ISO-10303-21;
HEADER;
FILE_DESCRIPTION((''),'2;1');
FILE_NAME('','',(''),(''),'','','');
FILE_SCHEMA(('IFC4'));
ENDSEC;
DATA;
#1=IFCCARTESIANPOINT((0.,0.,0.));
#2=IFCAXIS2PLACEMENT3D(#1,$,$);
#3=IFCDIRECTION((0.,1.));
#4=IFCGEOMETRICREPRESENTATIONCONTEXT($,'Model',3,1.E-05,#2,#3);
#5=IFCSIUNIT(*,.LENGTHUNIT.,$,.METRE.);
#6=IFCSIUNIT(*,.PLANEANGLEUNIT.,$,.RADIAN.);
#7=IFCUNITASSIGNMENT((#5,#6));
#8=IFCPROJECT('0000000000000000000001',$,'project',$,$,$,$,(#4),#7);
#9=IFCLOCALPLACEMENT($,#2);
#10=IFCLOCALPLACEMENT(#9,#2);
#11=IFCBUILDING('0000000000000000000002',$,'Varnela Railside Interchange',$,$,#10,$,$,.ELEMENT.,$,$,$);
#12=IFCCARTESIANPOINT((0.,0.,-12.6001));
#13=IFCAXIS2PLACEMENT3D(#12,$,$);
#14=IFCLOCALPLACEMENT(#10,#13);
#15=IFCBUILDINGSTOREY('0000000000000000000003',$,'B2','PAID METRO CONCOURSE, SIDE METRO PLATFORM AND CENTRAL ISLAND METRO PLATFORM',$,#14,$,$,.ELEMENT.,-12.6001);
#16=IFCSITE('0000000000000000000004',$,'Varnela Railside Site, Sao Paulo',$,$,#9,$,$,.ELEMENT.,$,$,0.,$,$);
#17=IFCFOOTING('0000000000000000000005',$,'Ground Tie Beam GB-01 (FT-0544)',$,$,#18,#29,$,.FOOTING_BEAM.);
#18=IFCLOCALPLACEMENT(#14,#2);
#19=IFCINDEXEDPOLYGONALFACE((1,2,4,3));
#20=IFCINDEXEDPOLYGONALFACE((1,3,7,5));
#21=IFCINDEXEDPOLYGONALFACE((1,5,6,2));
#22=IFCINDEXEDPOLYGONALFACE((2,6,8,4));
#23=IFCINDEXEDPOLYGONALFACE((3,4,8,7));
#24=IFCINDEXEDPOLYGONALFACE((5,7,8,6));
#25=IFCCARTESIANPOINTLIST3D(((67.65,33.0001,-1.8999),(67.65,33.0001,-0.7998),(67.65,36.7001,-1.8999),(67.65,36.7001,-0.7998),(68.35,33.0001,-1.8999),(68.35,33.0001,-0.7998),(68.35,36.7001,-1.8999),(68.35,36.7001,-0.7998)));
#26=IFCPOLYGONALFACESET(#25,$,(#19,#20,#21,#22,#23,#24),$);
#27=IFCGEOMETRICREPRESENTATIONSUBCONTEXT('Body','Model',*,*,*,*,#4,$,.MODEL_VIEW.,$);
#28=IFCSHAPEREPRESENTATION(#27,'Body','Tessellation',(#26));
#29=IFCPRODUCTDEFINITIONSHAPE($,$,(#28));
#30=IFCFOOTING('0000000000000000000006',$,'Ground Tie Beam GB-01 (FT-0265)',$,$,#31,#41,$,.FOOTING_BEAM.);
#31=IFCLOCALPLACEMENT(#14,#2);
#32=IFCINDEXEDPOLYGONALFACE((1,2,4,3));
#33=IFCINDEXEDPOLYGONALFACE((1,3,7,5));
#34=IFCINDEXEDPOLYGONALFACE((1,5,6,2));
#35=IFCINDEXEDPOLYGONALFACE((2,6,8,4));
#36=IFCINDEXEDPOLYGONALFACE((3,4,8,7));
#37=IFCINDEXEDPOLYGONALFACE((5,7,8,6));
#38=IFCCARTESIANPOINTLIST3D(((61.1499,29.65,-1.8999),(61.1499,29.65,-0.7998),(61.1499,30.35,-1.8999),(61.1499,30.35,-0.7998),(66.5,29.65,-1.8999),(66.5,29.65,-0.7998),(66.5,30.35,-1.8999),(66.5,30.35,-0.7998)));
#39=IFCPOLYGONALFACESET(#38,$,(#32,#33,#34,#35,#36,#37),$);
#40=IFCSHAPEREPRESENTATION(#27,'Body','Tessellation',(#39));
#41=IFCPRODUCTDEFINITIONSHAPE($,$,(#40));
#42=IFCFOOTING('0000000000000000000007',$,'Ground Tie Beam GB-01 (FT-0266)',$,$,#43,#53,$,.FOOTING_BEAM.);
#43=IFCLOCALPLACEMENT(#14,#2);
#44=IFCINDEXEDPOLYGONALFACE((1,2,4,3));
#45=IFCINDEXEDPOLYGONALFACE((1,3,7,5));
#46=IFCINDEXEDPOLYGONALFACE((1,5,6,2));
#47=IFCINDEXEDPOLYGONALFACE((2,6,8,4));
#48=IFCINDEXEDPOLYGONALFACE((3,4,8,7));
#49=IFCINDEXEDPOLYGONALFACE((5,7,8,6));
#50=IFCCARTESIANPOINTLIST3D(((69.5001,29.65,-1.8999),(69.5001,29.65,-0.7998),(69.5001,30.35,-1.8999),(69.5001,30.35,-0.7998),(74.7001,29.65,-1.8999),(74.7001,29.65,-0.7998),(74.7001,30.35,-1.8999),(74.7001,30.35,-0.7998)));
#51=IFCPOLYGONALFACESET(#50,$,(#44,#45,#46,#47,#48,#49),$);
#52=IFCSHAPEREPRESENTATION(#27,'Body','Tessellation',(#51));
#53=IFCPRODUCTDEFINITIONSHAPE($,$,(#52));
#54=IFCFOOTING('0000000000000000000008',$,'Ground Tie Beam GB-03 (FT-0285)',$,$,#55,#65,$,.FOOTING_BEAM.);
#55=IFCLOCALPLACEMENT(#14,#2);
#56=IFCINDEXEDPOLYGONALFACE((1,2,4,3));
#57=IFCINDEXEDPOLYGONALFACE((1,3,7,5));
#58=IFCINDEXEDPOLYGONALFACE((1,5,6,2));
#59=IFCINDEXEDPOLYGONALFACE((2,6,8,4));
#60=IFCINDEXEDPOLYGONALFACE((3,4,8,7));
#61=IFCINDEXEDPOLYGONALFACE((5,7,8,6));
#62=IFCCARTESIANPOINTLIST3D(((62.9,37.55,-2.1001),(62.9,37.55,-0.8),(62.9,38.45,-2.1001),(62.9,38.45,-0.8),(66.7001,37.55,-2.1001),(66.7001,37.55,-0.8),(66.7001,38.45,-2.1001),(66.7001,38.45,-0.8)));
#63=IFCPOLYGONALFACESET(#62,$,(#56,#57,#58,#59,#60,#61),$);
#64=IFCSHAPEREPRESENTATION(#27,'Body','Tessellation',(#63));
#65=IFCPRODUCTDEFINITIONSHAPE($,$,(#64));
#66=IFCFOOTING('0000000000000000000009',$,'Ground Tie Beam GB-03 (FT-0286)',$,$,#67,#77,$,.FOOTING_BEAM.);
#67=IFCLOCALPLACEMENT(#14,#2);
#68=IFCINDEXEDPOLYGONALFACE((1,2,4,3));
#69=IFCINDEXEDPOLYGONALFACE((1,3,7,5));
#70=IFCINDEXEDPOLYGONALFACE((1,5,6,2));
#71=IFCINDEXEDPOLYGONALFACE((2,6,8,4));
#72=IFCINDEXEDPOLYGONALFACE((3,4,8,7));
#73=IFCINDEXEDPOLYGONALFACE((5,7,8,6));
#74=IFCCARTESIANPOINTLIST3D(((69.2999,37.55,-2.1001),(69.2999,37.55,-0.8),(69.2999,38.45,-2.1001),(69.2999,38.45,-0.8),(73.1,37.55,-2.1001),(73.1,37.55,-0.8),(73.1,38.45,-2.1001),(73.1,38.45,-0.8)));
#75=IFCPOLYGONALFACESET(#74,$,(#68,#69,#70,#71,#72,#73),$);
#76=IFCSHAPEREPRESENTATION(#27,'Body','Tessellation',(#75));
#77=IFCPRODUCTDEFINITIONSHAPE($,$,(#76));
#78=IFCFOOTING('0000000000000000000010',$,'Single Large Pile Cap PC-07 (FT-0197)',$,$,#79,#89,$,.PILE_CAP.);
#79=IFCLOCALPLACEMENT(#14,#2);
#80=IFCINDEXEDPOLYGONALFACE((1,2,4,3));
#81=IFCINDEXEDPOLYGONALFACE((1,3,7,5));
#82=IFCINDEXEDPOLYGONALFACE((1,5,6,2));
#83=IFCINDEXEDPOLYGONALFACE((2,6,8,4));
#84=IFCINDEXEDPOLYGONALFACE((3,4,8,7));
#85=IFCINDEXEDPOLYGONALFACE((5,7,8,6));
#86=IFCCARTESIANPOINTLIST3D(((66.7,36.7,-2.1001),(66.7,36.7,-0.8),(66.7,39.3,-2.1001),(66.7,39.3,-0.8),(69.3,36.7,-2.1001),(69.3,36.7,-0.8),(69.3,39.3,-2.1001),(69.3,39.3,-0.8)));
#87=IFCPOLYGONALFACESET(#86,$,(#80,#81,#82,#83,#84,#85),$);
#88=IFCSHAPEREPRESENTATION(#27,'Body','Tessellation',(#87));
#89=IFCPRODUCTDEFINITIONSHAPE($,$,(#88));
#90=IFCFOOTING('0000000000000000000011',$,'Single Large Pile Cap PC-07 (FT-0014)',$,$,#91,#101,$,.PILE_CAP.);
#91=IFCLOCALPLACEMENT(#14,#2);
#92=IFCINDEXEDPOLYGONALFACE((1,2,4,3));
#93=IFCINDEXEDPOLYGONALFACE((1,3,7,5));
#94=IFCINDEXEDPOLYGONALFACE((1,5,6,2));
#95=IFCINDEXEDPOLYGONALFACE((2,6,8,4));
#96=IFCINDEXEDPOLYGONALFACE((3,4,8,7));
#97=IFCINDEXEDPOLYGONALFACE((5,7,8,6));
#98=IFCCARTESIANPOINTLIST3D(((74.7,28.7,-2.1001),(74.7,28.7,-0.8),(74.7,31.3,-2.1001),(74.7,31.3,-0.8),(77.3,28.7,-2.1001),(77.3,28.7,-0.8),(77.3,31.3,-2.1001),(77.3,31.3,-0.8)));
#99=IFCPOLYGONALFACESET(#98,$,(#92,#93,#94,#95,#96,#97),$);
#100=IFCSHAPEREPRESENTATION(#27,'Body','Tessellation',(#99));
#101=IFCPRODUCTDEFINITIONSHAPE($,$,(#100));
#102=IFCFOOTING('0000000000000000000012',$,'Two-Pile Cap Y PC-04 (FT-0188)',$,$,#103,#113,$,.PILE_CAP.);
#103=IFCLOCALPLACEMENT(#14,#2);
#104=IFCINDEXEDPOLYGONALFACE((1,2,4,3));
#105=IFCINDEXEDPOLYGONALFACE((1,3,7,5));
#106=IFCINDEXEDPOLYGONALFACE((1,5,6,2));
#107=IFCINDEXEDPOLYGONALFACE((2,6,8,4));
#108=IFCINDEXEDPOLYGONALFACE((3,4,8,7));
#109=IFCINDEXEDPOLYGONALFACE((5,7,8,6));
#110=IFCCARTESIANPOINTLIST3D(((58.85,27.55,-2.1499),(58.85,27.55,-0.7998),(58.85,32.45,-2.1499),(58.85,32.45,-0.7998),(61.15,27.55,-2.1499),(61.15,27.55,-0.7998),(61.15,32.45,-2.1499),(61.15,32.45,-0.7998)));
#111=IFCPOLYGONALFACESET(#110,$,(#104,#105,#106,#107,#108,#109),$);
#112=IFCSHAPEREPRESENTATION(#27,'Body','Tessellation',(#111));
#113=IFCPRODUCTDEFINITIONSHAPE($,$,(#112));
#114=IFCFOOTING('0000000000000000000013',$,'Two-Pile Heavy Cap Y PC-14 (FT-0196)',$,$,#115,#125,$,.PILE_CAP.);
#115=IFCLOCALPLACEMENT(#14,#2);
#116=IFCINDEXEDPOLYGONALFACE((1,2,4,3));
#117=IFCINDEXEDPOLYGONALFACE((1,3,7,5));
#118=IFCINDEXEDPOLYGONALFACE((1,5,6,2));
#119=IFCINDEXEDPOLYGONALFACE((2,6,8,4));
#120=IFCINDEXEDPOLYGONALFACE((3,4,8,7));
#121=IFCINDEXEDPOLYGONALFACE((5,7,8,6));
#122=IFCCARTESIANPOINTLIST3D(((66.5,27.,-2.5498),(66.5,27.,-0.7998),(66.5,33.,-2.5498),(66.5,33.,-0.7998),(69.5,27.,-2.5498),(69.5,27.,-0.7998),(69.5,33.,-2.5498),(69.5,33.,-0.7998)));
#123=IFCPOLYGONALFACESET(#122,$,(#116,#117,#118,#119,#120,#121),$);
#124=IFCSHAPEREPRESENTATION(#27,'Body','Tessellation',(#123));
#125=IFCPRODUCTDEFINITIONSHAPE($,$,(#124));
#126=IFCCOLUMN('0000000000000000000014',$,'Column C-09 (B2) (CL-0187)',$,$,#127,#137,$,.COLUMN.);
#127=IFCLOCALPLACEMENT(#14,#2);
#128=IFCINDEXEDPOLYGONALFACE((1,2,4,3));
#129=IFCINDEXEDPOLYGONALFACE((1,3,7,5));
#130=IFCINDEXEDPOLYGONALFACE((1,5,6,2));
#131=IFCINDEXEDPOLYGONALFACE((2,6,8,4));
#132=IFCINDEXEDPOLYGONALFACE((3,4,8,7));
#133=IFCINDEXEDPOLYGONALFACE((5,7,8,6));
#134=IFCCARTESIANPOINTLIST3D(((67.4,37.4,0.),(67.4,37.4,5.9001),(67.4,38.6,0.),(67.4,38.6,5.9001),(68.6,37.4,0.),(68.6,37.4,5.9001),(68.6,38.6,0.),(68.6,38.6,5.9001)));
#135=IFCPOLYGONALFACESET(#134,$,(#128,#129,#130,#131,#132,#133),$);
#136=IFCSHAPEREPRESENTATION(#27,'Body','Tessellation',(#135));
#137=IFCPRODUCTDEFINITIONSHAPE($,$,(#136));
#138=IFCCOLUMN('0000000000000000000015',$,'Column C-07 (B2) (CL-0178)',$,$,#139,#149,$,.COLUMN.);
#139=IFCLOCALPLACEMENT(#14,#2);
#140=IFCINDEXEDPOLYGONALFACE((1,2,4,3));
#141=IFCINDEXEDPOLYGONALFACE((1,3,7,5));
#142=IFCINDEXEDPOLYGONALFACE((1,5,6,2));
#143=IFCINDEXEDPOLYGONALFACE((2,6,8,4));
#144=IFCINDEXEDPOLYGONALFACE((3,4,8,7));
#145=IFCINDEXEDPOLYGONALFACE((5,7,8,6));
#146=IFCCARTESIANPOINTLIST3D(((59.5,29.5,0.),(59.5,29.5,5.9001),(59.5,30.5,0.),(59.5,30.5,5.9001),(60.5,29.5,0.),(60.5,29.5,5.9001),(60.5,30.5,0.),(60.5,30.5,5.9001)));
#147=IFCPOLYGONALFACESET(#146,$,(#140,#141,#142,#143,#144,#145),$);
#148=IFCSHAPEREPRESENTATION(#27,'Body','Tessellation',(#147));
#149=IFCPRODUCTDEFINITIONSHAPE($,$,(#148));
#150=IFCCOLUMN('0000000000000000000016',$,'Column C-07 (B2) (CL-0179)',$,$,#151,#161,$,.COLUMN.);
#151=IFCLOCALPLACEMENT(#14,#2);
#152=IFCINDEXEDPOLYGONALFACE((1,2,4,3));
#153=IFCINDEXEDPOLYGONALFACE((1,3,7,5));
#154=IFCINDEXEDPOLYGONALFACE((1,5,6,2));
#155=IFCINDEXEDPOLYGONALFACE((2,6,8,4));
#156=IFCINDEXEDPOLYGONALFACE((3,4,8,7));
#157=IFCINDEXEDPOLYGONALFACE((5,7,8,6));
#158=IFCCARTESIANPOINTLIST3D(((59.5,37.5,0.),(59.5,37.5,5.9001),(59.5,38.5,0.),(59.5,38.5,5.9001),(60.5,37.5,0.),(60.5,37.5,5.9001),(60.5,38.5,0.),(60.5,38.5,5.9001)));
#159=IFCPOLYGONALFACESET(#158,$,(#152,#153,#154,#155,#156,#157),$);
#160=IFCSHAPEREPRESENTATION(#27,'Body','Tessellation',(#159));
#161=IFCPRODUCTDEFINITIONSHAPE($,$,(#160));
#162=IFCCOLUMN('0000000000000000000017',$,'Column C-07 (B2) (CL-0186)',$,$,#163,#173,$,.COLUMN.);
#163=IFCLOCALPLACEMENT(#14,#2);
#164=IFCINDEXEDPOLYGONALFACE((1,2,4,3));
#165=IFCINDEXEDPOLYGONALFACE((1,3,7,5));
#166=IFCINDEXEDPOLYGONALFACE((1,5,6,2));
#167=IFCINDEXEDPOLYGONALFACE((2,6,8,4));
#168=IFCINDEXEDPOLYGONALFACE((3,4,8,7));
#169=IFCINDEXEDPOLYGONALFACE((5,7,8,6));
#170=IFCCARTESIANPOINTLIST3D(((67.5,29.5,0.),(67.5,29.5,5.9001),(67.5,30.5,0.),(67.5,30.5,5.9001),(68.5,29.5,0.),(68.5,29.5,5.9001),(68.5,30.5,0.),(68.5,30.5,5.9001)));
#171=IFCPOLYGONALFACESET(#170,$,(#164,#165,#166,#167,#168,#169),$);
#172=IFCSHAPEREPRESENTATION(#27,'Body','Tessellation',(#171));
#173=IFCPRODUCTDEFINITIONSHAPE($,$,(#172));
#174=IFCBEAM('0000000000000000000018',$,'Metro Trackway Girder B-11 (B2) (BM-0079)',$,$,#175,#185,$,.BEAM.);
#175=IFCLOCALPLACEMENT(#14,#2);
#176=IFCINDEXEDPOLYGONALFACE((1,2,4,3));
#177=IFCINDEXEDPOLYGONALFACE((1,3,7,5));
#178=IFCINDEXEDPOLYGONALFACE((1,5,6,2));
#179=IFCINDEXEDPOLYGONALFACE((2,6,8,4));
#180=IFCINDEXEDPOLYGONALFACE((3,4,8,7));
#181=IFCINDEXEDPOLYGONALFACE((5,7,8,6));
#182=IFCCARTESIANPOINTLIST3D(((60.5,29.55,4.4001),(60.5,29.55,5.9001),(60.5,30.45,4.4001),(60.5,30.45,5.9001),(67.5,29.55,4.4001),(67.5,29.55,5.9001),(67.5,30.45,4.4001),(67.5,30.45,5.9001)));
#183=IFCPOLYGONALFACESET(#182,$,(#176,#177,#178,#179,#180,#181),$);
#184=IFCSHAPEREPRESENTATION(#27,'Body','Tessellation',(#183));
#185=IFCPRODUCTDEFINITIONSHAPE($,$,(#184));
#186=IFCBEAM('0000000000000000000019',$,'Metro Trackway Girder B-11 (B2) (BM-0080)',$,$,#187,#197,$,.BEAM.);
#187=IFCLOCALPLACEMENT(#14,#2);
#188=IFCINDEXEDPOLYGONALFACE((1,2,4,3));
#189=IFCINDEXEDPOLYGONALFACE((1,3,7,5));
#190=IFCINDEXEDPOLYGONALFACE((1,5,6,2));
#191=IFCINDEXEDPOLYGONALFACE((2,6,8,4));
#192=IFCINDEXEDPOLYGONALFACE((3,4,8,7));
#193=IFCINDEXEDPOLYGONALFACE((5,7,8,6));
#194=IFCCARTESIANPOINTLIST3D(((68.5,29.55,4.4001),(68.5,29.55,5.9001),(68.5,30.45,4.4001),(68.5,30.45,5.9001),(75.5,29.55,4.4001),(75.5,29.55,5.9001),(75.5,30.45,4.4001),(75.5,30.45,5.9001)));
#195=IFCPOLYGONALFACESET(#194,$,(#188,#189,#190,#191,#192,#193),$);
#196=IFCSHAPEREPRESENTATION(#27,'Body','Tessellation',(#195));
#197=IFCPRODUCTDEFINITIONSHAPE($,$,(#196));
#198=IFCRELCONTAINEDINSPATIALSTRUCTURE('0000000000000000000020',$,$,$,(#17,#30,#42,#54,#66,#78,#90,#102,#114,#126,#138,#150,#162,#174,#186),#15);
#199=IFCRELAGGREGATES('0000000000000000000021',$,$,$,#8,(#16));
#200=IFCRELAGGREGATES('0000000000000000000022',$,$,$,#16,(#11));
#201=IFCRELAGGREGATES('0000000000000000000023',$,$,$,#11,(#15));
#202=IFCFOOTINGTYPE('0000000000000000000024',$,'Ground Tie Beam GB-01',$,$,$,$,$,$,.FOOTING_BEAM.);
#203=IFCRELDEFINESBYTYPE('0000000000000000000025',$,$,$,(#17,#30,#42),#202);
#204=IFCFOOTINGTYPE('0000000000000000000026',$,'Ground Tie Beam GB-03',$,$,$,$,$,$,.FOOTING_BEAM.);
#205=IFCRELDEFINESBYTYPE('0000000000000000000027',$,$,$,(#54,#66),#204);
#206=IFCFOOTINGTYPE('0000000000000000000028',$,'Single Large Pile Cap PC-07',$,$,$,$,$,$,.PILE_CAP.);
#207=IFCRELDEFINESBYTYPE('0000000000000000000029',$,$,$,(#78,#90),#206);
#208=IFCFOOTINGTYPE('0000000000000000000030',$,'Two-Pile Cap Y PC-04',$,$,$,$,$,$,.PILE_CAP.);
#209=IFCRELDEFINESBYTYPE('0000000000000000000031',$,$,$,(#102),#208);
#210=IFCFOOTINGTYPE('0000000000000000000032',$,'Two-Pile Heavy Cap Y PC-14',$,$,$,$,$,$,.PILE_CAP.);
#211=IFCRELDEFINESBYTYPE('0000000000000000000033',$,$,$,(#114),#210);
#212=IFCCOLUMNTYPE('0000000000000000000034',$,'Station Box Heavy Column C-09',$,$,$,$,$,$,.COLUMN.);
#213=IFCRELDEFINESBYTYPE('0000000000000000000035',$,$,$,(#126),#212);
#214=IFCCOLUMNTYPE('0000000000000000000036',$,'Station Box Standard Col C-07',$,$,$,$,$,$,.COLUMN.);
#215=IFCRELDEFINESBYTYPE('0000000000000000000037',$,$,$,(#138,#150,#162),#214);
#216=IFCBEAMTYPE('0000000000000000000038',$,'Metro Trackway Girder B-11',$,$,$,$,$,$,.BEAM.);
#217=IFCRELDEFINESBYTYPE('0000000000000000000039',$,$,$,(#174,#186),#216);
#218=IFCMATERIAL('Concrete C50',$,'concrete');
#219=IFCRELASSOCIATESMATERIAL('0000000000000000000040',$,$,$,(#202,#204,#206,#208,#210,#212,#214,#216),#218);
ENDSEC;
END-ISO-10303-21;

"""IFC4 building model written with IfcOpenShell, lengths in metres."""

from ifc_helpers import new_model, si_unit, direction, frame, origin, origin_2d, place, context, subcontext, project, spatial, rectangle, extrude, material, material_profile, profile_set, type_object, element, save


model = new_model("IFC4")

# Units and contexts
model_context = context("Model", 3, precision=1e-05, world=origin(), true_north=direction((0.0, 1.0)))
body_context = subcontext(model_context, "Body", "Model", "MODEL_VIEW")
ifc_project = project(units=[si_unit("LENGTHUNIT", "METRE"), si_unit("PLANEANGLEUNIT", "RADIAN")], contexts=[model_context])

# Site, building, storey
site_placement = place(None, origin())
site = spatial("IfcSite", under=ifc_project, at=site_placement, Name="Varnela Railside Site, Sao Paulo", CompositionType="ELEMENT", RefElevation=0.0)
building_placement = place(site_placement, origin())
building = spatial("IfcBuilding", under=site, at=building_placement, Name="Varnela Railside Interchange", CompositionType="ELEMENT")
storey_placement = place(building_placement, frame((0.0, 0.0, -12.6001)))
storey = spatial("IfcBuildingStorey", under=building, at=storey_placement, Name="B2", Description="PAID METRO CONCOURSE, SIDE METRO PLATFORM AND CENTRAL ISLAND METRO PLATFORM", CompositionType="ELEMENT", Elevation=-12.6001)

# Footings
ifc_material_1 = material(Name="Concrete C50", Category="concrete")
footing_type_1 = type_object("IfcFootingType", Name="Ground Tie Beam GB-01", PredefinedType="FOOTING_BEAM", material=ifc_material_1)
footing_1_placement = place(storey_placement, frame((68.0, 34.8501, -1.8999), z_axis=(0.0, 0.0, 1.0), x_axis=(1.0, 0.0, 0.0)))
element("IfcFooting", 1, at=footing_1_placement, inside=storey, type_object=footing_type_1, Name="Ground Tie Beam GB-01 (FT-0544)", PredefinedType="FOOTING_BEAM", context=body_context, shape_type="SweptSolid", body=[
    extrude(rectangle(XDim=0.7, YDim=3.7, at=origin_2d()), origin(), (0.0, 0.0, 1.0), 1.1001),
])
footing_2_placement = place(storey_placement, frame((63.825, 30.0, -1.8999), z_axis=(0.0, 0.0, 1.0), x_axis=(1.0, 0.0, 0.0)))
element("IfcFooting", 2, at=footing_2_placement, inside=storey, type_object=footing_type_1, Name="Ground Tie Beam GB-01 (FT-0265)", PredefinedType="FOOTING_BEAM", context=body_context, shape_type="SweptSolid", body=[
    extrude(rectangle(XDim=5.3501, YDim=0.7, at=origin_2d()), origin(), (0.0, 0.0, 1.0), 1.1001),
])
footing_3_placement = place(storey_placement, frame((72.1001, 30.0, -1.8999), z_axis=(0.0, 0.0, 1.0), x_axis=(1.0, 0.0, 0.0)))
element("IfcFooting", 3, at=footing_3_placement, inside=storey, type_object=footing_type_1, Name="Ground Tie Beam GB-01 (FT-0266)", PredefinedType="FOOTING_BEAM", context=body_context, shape_type="SweptSolid", body=[
    extrude(rectangle(XDim=5.2, YDim=0.7, at=origin_2d()), origin(), (0.0, 0.0, 1.0), 1.1001),
])
footing_type_2 = type_object("IfcFootingType", Name="Ground Tie Beam GB-03", PredefinedType="FOOTING_BEAM", material=ifc_material_1)
for number, where, z_axis, x_axis, name in (
    (4, (64.8, 38.0, -2.1001), (0.0, 0.0, 1.0), (1.0, 0.0, 0.0), "Ground Tie Beam GB-03 (FT-0285)"),
    (5, (71.2, 38.0, -2.1001), (0.0, 0.0, 1.0), (1.0, 0.0, 0.0), "Ground Tie Beam GB-03 (FT-0286)"),
):
    element("IfcFooting", number, at=place(storey_placement, frame(where, z_axis=z_axis, x_axis=x_axis)), inside=storey, type_object=footing_type_2, Name=name, PredefinedType="FOOTING_BEAM", context=body_context, shape_type="SweptSolid", body=[
        extrude(rectangle(XDim=3.8, YDim=0.8999, at=origin_2d()), origin(), (0.0, 0.0, 1.0), 1.3),
    ])
footing_type_3 = type_object("IfcFootingType", Name="Single Large Pile Cap PC-07", PredefinedType="PILE_CAP", material=ifc_material_1)
for number, where, z_axis, x_axis, name in (
    (6, (68.0, 38.0, -2.1001), (0.0, 0.0, 1.0), (1.0, 0.0, 0.0), "Single Large Pile Cap PC-07 (FT-0197)"),
    (7, (76.0, 30.0, -2.1001), (0.0, 0.0, 1.0), (1.0, 0.0, 0.0), "Single Large Pile Cap PC-07 (FT-0014)"),
):
    element("IfcFooting", number, at=place(storey_placement, frame(where, z_axis=z_axis, x_axis=x_axis)), inside=storey, type_object=footing_type_3, Name=name, PredefinedType="PILE_CAP", context=body_context, shape_type="SweptSolid", body=[
        extrude(rectangle(XDim=2.6001, YDim=2.6001, at=origin_2d()), origin(), (0.0, 0.0, 1.0), 1.3),
    ])
footing_type_4 = type_object("IfcFootingType", Name="Two-Pile Cap Y PC-04", PredefinedType="PILE_CAP", material=ifc_material_1)
footing_4_placement = place(storey_placement, frame((60.0, 30.0, -2.1499), z_axis=(0.0, 0.0, 1.0), x_axis=(1.0, 0.0, 0.0)))
element("IfcFooting", 8, at=footing_4_placement, inside=storey, type_object=footing_type_4, Name="Two-Pile Cap Y PC-04 (FT-0188)", PredefinedType="PILE_CAP", context=body_context, shape_type="SweptSolid", body=[
    extrude(rectangle(XDim=2.3, YDim=4.8999, at=origin_2d()), origin(), (0.0, 0.0, 1.0), 1.3501),
])
footing_type_5 = type_object("IfcFootingType", Name="Two-Pile Heavy Cap Y PC-14", PredefinedType="PILE_CAP", material=ifc_material_1)
footing_5_placement = place(storey_placement, frame((68.0, 30.0, -2.5498), z_axis=(0.0, 0.0, 1.0), x_axis=(1.0, 0.0, 0.0)))
element("IfcFooting", 9, at=footing_5_placement, inside=storey, type_object=footing_type_5, Name="Two-Pile Heavy Cap Y PC-14 (FT-0196)", PredefinedType="PILE_CAP", context=body_context, shape_type="SweptSolid", body=[
    extrude(rectangle(XDim=3.0, YDim=6.0, at=origin_2d()), origin(), (0.0, 0.0, 1.0), 1.75),
])

# Columns
ifc_material_profile_1 = material_profile(ifc_material_1, rectangle(XDim=1.2, YDim=1.2, at=origin_2d()), Name="RC 1200x1200")
ifc_profile_set_1 = profile_set([ifc_material_profile_1], Name="Concrete C50")
column_type_1 = type_object("IfcColumnType", Name="Station Box Heavy Column C-09", PredefinedType="COLUMN", material=ifc_profile_set_1)
column_placement = place(storey_placement, frame((68.0, 38.0, 0.0), z_axis=(0.0, 0.0, 1.0), x_axis=(1.0, 0.0, 0.0)))
element("IfcColumn", 10, at=column_placement, inside=storey, type_object=column_type_1, Name="Column C-09 (B2) (CL-0187)", PredefinedType="COLUMN", context=body_context, shape_type="SweptSolid", body=[
    extrude(rectangle(XDim=1.2, YDim=1.2, at=origin_2d()), origin(), (0.0, 0.0, 1.0), 5.9001),
])
ifc_material_profile_2 = material_profile(ifc_material_1, rectangle(XDim=1.0, YDim=1.0, at=origin_2d()), Name="RC 1000x1000")
ifc_profile_set_2 = profile_set([ifc_material_profile_2], Name="Concrete C50")
column_type_2 = type_object("IfcColumnType", Name="Station Box Standard Col C-07", PredefinedType="COLUMN", material=ifc_profile_set_2)
for number, where, z_axis, x_axis, name in (
    (11, (60.0, 30.0, 0.0), (0.0, 0.0, 1.0), (1.0, 0.0, 0.0), "Column C-07 (B2) (CL-0178)"),
    (12, (60.0, 38.0, 0.0), (0.0, 0.0, 1.0), (1.0, 0.0, 0.0), "Column C-07 (B2) (CL-0179)"),
    (13, (68.0, 30.0, 0.0), (0.0, 0.0, 1.0), (1.0, 0.0, 0.0), "Column C-07 (B2) (CL-0186)"),
):
    element("IfcColumn", number, at=place(storey_placement, frame(where, z_axis=z_axis, x_axis=x_axis)), inside=storey, type_object=column_type_2, Name=name, PredefinedType="COLUMN", context=body_context, shape_type="SweptSolid", body=[
        extrude(rectangle(XDim=1.0, YDim=1.0, at=origin_2d()), origin(), (0.0, 0.0, 1.0), 5.9001),
    ])

# Beams
ifc_material_profile_3 = material_profile(ifc_material_1, rectangle(XDim=0.8999, YDim=1.5, at=origin_2d()), Name="RC 900x1500")
ifc_profile_set_3 = profile_set([ifc_material_profile_3], Name="Concrete C50")
beam_type_1 = type_object("IfcBeamType", Name="Metro Trackway Girder B-11", PredefinedType="BEAM", material=ifc_profile_set_3)
for number, where, z_axis, x_axis, name in (
    (14, (60.5, 30.0, 5.1501), (1.0, 0.0, 0.0), (0.0, 1.0, 0.0), "Metro Trackway Girder B-11 (B2) (BM-0079)"),
    (15, (68.5, 30.0, 5.1501), (1.0, 0.0, 0.0), (0.0, 1.0, 0.0), "Metro Trackway Girder B-11 (B2) (BM-0080)"),
):
    element("IfcBeam", number, at=place(storey_placement, frame(where, z_axis=z_axis, x_axis=x_axis)), inside=storey, type_object=beam_type_1, Name=name, PredefinedType="BEAM", context=body_context, shape_type="SweptSolid", body=[
        extrude(rectangle(XDim=0.8999, YDim=1.5, at=origin_2d()), origin(), (0.0, 0.0, 1.0), 7.0),
    ])

save(model, "model.ifc")
